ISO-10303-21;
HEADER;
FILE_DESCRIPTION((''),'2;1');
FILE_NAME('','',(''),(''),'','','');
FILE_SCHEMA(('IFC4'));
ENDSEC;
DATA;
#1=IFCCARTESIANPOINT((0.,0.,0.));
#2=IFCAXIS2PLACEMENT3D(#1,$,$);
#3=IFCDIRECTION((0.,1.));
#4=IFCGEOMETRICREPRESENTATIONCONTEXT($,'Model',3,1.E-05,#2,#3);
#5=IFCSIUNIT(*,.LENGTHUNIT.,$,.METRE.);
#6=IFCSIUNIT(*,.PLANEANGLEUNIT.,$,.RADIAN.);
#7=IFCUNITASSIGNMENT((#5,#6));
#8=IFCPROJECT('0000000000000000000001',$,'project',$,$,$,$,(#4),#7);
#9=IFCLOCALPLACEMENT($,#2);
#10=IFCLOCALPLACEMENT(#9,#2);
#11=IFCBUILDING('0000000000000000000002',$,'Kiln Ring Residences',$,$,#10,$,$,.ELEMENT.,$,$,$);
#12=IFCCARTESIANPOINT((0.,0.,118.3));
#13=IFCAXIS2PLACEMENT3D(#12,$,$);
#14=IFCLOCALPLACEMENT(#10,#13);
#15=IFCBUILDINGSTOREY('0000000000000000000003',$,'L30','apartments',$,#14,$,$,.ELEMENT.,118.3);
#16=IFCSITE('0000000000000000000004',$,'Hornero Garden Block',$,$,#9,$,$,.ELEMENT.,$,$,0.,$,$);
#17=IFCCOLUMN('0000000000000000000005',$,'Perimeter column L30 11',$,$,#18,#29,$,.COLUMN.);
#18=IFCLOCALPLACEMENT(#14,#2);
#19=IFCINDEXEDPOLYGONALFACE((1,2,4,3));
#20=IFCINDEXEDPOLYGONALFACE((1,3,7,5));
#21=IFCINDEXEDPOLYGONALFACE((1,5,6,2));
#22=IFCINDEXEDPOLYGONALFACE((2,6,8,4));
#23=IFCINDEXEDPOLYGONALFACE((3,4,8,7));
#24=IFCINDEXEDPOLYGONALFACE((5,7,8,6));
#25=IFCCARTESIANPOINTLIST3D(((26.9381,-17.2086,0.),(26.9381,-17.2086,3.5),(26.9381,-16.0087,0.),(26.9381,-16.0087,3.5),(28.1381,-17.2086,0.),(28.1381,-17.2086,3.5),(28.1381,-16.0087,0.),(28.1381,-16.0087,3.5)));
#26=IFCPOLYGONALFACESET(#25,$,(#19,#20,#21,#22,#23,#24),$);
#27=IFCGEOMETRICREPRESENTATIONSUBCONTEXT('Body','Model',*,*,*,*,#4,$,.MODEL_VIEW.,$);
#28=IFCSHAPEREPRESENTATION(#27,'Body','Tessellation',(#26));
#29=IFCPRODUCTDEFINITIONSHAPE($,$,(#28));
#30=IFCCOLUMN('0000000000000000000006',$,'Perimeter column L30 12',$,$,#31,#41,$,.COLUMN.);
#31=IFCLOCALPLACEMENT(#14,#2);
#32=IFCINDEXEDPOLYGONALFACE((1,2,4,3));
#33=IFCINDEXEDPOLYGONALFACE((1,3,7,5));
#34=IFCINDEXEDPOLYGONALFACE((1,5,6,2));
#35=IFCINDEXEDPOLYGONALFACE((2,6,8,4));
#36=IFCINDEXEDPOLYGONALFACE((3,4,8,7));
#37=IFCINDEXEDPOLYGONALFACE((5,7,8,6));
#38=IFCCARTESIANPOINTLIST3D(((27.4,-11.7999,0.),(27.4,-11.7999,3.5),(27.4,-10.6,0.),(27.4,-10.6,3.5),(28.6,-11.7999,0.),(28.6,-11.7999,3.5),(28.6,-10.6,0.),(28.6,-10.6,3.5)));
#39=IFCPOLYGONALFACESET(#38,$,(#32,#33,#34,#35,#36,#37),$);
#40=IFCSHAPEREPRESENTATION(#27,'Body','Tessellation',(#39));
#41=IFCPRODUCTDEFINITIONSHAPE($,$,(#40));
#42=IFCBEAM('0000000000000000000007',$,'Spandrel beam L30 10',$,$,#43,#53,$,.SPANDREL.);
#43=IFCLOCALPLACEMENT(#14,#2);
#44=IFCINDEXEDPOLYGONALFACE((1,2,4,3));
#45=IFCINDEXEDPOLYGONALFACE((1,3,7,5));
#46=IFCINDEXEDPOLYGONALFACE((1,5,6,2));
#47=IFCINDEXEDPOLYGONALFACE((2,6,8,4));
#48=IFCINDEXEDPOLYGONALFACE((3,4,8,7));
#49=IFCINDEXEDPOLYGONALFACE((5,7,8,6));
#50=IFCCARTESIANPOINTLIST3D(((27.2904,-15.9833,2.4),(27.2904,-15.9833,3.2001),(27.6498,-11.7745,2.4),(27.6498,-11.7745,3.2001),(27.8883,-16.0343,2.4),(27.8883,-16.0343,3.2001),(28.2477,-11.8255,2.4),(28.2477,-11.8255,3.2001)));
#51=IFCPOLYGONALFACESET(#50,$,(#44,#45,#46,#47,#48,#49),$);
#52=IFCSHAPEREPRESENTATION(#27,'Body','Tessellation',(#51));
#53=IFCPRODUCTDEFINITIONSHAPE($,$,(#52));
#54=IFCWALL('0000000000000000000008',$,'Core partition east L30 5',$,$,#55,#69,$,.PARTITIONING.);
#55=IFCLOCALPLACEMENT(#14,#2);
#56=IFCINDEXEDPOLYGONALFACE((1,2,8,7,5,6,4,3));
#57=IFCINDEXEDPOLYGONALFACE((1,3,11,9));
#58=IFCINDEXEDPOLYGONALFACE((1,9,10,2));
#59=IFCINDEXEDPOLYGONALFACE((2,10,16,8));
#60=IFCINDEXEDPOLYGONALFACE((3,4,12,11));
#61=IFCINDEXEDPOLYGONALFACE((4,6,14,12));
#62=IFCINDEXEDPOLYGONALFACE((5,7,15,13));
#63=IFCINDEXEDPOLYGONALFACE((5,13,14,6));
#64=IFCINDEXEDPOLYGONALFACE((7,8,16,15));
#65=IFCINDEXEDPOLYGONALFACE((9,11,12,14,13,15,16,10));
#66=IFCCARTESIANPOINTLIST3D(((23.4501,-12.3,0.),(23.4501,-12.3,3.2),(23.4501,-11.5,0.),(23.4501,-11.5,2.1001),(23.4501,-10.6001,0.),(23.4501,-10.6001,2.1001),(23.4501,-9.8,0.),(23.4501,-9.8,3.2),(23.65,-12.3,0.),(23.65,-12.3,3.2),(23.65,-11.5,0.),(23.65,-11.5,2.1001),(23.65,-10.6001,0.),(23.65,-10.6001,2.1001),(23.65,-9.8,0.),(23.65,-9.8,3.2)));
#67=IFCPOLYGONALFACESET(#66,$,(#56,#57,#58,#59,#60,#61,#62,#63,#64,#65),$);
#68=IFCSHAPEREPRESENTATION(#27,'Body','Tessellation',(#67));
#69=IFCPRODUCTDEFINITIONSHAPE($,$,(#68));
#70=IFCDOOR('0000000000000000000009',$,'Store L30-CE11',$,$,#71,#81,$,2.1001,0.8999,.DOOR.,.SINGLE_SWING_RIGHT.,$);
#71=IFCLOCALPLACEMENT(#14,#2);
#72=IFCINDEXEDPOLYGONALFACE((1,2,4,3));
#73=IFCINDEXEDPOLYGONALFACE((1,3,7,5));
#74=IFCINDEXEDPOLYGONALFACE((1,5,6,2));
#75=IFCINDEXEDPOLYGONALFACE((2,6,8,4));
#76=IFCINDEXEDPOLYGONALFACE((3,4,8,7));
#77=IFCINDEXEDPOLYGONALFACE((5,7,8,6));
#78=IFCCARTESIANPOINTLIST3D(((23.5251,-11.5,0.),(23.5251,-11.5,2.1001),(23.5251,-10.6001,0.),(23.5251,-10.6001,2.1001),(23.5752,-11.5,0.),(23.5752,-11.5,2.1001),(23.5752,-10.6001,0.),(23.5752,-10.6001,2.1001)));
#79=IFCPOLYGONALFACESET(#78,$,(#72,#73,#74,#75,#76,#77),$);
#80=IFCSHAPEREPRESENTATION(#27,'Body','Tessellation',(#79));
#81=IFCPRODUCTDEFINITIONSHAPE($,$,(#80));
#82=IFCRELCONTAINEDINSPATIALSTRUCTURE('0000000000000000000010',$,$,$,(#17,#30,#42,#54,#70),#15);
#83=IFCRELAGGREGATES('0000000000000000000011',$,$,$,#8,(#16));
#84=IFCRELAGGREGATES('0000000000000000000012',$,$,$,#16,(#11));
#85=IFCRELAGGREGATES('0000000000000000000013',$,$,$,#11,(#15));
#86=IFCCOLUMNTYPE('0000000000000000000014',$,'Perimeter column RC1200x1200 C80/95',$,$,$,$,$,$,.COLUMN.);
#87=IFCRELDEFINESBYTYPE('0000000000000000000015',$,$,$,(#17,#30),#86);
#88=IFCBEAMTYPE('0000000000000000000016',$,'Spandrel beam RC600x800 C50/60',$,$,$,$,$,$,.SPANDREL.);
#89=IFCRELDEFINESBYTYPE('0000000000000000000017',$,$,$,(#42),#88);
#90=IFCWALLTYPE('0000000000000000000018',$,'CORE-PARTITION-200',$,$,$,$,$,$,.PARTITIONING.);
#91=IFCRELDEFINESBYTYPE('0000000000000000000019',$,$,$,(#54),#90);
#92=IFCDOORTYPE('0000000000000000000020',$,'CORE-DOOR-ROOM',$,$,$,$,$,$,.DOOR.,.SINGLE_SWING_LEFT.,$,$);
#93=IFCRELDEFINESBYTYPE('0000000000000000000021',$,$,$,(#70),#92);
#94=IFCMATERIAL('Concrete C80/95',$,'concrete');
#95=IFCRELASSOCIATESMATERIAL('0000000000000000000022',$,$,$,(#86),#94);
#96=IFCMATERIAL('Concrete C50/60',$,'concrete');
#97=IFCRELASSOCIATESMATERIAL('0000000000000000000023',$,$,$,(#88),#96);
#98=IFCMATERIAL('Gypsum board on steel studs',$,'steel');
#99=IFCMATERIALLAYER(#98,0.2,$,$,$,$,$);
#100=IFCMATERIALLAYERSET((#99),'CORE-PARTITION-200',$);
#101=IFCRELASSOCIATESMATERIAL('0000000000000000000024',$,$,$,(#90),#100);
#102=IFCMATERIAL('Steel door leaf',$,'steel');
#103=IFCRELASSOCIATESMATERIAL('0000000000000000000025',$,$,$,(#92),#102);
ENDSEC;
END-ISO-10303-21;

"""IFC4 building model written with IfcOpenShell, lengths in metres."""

from ifc_helpers import new_model, si_unit, direction, frame, frame_2d, origin, origin_2d, place, context, subcontext, project, spatial, rectangle, extrude, material, layer, layer_set, material_profile, profile_set, type_object, element, fill, save


model = new_model("IFC4")

# Units and contexts
model_context = context("Model", 3, precision=1e-05, world=origin(), true_north=direction((0.0, 1.0)))
body_context = subcontext(model_context, "Body", "Model", "MODEL_VIEW")
ifc_project = project(units=[si_unit("LENGTHUNIT", "METRE"), si_unit("PLANEANGLEUNIT", "RADIAN")], contexts=[model_context])

# Site, building, storey
site_placement = place(None, origin())
site = spatial("IfcSite", under=ifc_project, at=site_placement, Name="Hornero Garden Block", CompositionType="ELEMENT", RefElevation=0.0)
building_placement = place(site_placement, origin())
building = spatial("IfcBuilding", under=site, at=building_placement, Name="Kiln Ring Residences", CompositionType="ELEMENT")
storey_placement = place(building_placement, frame((0.0, 0.0, 118.3)))
storey = spatial("IfcBuildingStorey", under=building, at=storey_placement, Name="L30", Description="apartments", CompositionType="ELEMENT", Elevation=118.3)

# Columns
ifc_material_1 = material(Name="Concrete C80/95", Category="concrete")
ifc_material_profile_1 = material_profile(ifc_material_1, rectangle(XDim=1.2, YDim=1.2, at=origin_2d()), Name="RC1200x1200")
ifc_profile_set_1 = profile_set([ifc_material_profile_1], Name="Concrete C80/95")
column_type = type_object("IfcColumnType", Name="Perimeter column RC1200x1200 C80/95", PredefinedType="COLUMN", material=ifc_profile_set_1)
for number, where, z_axis, x_axis, name in (
    (1, (27.5381, -16.6086, 0.0), (0.0, 0.0, 1.0), (1.0, 0.0, 0.0), "Perimeter column L30 11"),
    (2, (28.0, -11.2, 0.0), (0.0, 0.0, 1.0), (1.0, 0.0, 0.0), "Perimeter column L30 12"),
):
    element("IfcColumn", number, at=place(storey_placement, frame(where, z_axis=z_axis, x_axis=x_axis)), inside=storey, type_object=column_type, Name=name, PredefinedType="COLUMN", context=body_context, shape_type="SweptSolid", body=[
        extrude(rectangle(XDim=1.2, YDim=1.2, at=origin_2d()), origin(), (0.0, 0.0, 1.0), 3.5),
    ])

# Beam
ifc_material_2 = material(Name="Concrete C50/60", Category="concrete")
ifc_material_profile_2 = material_profile(ifc_material_2, rectangle(XDim=0.6001, YDim=0.8, at=origin_2d()), Name="RC600x800")
ifc_profile_set_2 = profile_set([ifc_material_profile_2], Name="Concrete C50/60")
beam_type = type_object("IfcBeamType", Name="Spandrel beam RC600x800 C50/60", PredefinedType="SPANDREL", material=ifc_profile_set_2)
beam_placement = place(storey_placement, frame((27.5894, -16.0088, 2.8), z_axis=(0.085078, 0.996374, 0.0), x_axis=(-0.996374, 0.085078, 0.0)))
element("IfcBeam", 3, at=beam_placement, inside=storey, type_object=beam_type, Name="Spandrel beam L30 10", PredefinedType="SPANDREL", context=body_context, shape_type="SweptSolid", body=[
    extrude(rectangle(XDim=0.6001, YDim=0.8, at=origin_2d()), origin(), (0.0, 0.0, 1.0), 4.2241),
])

# Wall, opening, door
ifc_material_3 = material(Name="Gypsum board on steel studs", Category="steel")
ifc_layer_1 = layer(ifc_material_3, 0.2)
ifc_layer_set_1 = layer_set([ifc_layer_1], Name="CORE-PARTITION-200")
wall_type_1 = type_object("IfcWallType", Name="CORE-PARTITION-200", PredefinedType="PARTITIONING", material=ifc_layer_set_1)
wall_1_placement = place(storey_placement, frame((23.55, -12.3, 0.0), z_axis=(0.0, 0.0, 1.0), x_axis=(0.0, 1.0, 0.0)))
wall_1 = element("IfcWall", 4, at=wall_1_placement, inside=storey, type_object=wall_type_1, Name="Core partition east L30 5", PredefinedType="PARTITIONING", context=body_context, shape_type="SweptSolid", body=[
    extrude(rectangle(XDim=2.5, YDim=0.2, at=frame_2d((1.25, 0.0))), origin(), (0.0, 0.0, 1.0), 3.2),
])
opening_1_placement = place(wall_1_placement, frame((0.8, 0.0, 0.0)))
opening_1 = element("IfcOpeningElement", 5, at=opening_1_placement, cuts=wall_1, PredefinedType="OPENING", context=body_context, shape_type="SweptSolid", body=[
    extrude(rectangle(XDim=0.8999, YDim=2.1001, at=frame_2d((0.45, 1.05))), frame((0.0, 0.1099, 0.0), z_axis=(0.0, -1.0, 0.0), x_axis=(1.0, 0.0, 0.0)), (0.0, 0.0, 1.0), 0.22),
])
ifc_material_4 = material(Name="Steel door leaf", Category="steel")
door_type_1 = type_object("IfcDoorType", Name="CORE-DOOR-ROOM", OperationType="SINGLE_SWING_LEFT", PredefinedType="DOOR", material=ifc_material_4)
door_1_placement = place(opening_1_placement, origin())
door_1 = element("IfcDoor", 6, at=door_1_placement, inside=storey, type_object=door_type_1, Name="Store L30-CE11", OperationType="SINGLE_SWING_RIGHT", OverallHeight=2.1001, OverallWidth=0.8999, PredefinedType="DOOR", context=body_context, shape_type="SweptSolid", body=[
    extrude(rectangle(XDim=0.8999, YDim=2.1001, at=frame_2d((0.45, 1.05))), frame((0.0, 0.0249, 0.0), z_axis=(0.0, -1.0, 0.0), x_axis=(1.0, 0.0, 0.0)), (0.0, 0.0, 1.0), 0.05),
])
fill(opening_1, door_1)

save(model, "model.ifc")
